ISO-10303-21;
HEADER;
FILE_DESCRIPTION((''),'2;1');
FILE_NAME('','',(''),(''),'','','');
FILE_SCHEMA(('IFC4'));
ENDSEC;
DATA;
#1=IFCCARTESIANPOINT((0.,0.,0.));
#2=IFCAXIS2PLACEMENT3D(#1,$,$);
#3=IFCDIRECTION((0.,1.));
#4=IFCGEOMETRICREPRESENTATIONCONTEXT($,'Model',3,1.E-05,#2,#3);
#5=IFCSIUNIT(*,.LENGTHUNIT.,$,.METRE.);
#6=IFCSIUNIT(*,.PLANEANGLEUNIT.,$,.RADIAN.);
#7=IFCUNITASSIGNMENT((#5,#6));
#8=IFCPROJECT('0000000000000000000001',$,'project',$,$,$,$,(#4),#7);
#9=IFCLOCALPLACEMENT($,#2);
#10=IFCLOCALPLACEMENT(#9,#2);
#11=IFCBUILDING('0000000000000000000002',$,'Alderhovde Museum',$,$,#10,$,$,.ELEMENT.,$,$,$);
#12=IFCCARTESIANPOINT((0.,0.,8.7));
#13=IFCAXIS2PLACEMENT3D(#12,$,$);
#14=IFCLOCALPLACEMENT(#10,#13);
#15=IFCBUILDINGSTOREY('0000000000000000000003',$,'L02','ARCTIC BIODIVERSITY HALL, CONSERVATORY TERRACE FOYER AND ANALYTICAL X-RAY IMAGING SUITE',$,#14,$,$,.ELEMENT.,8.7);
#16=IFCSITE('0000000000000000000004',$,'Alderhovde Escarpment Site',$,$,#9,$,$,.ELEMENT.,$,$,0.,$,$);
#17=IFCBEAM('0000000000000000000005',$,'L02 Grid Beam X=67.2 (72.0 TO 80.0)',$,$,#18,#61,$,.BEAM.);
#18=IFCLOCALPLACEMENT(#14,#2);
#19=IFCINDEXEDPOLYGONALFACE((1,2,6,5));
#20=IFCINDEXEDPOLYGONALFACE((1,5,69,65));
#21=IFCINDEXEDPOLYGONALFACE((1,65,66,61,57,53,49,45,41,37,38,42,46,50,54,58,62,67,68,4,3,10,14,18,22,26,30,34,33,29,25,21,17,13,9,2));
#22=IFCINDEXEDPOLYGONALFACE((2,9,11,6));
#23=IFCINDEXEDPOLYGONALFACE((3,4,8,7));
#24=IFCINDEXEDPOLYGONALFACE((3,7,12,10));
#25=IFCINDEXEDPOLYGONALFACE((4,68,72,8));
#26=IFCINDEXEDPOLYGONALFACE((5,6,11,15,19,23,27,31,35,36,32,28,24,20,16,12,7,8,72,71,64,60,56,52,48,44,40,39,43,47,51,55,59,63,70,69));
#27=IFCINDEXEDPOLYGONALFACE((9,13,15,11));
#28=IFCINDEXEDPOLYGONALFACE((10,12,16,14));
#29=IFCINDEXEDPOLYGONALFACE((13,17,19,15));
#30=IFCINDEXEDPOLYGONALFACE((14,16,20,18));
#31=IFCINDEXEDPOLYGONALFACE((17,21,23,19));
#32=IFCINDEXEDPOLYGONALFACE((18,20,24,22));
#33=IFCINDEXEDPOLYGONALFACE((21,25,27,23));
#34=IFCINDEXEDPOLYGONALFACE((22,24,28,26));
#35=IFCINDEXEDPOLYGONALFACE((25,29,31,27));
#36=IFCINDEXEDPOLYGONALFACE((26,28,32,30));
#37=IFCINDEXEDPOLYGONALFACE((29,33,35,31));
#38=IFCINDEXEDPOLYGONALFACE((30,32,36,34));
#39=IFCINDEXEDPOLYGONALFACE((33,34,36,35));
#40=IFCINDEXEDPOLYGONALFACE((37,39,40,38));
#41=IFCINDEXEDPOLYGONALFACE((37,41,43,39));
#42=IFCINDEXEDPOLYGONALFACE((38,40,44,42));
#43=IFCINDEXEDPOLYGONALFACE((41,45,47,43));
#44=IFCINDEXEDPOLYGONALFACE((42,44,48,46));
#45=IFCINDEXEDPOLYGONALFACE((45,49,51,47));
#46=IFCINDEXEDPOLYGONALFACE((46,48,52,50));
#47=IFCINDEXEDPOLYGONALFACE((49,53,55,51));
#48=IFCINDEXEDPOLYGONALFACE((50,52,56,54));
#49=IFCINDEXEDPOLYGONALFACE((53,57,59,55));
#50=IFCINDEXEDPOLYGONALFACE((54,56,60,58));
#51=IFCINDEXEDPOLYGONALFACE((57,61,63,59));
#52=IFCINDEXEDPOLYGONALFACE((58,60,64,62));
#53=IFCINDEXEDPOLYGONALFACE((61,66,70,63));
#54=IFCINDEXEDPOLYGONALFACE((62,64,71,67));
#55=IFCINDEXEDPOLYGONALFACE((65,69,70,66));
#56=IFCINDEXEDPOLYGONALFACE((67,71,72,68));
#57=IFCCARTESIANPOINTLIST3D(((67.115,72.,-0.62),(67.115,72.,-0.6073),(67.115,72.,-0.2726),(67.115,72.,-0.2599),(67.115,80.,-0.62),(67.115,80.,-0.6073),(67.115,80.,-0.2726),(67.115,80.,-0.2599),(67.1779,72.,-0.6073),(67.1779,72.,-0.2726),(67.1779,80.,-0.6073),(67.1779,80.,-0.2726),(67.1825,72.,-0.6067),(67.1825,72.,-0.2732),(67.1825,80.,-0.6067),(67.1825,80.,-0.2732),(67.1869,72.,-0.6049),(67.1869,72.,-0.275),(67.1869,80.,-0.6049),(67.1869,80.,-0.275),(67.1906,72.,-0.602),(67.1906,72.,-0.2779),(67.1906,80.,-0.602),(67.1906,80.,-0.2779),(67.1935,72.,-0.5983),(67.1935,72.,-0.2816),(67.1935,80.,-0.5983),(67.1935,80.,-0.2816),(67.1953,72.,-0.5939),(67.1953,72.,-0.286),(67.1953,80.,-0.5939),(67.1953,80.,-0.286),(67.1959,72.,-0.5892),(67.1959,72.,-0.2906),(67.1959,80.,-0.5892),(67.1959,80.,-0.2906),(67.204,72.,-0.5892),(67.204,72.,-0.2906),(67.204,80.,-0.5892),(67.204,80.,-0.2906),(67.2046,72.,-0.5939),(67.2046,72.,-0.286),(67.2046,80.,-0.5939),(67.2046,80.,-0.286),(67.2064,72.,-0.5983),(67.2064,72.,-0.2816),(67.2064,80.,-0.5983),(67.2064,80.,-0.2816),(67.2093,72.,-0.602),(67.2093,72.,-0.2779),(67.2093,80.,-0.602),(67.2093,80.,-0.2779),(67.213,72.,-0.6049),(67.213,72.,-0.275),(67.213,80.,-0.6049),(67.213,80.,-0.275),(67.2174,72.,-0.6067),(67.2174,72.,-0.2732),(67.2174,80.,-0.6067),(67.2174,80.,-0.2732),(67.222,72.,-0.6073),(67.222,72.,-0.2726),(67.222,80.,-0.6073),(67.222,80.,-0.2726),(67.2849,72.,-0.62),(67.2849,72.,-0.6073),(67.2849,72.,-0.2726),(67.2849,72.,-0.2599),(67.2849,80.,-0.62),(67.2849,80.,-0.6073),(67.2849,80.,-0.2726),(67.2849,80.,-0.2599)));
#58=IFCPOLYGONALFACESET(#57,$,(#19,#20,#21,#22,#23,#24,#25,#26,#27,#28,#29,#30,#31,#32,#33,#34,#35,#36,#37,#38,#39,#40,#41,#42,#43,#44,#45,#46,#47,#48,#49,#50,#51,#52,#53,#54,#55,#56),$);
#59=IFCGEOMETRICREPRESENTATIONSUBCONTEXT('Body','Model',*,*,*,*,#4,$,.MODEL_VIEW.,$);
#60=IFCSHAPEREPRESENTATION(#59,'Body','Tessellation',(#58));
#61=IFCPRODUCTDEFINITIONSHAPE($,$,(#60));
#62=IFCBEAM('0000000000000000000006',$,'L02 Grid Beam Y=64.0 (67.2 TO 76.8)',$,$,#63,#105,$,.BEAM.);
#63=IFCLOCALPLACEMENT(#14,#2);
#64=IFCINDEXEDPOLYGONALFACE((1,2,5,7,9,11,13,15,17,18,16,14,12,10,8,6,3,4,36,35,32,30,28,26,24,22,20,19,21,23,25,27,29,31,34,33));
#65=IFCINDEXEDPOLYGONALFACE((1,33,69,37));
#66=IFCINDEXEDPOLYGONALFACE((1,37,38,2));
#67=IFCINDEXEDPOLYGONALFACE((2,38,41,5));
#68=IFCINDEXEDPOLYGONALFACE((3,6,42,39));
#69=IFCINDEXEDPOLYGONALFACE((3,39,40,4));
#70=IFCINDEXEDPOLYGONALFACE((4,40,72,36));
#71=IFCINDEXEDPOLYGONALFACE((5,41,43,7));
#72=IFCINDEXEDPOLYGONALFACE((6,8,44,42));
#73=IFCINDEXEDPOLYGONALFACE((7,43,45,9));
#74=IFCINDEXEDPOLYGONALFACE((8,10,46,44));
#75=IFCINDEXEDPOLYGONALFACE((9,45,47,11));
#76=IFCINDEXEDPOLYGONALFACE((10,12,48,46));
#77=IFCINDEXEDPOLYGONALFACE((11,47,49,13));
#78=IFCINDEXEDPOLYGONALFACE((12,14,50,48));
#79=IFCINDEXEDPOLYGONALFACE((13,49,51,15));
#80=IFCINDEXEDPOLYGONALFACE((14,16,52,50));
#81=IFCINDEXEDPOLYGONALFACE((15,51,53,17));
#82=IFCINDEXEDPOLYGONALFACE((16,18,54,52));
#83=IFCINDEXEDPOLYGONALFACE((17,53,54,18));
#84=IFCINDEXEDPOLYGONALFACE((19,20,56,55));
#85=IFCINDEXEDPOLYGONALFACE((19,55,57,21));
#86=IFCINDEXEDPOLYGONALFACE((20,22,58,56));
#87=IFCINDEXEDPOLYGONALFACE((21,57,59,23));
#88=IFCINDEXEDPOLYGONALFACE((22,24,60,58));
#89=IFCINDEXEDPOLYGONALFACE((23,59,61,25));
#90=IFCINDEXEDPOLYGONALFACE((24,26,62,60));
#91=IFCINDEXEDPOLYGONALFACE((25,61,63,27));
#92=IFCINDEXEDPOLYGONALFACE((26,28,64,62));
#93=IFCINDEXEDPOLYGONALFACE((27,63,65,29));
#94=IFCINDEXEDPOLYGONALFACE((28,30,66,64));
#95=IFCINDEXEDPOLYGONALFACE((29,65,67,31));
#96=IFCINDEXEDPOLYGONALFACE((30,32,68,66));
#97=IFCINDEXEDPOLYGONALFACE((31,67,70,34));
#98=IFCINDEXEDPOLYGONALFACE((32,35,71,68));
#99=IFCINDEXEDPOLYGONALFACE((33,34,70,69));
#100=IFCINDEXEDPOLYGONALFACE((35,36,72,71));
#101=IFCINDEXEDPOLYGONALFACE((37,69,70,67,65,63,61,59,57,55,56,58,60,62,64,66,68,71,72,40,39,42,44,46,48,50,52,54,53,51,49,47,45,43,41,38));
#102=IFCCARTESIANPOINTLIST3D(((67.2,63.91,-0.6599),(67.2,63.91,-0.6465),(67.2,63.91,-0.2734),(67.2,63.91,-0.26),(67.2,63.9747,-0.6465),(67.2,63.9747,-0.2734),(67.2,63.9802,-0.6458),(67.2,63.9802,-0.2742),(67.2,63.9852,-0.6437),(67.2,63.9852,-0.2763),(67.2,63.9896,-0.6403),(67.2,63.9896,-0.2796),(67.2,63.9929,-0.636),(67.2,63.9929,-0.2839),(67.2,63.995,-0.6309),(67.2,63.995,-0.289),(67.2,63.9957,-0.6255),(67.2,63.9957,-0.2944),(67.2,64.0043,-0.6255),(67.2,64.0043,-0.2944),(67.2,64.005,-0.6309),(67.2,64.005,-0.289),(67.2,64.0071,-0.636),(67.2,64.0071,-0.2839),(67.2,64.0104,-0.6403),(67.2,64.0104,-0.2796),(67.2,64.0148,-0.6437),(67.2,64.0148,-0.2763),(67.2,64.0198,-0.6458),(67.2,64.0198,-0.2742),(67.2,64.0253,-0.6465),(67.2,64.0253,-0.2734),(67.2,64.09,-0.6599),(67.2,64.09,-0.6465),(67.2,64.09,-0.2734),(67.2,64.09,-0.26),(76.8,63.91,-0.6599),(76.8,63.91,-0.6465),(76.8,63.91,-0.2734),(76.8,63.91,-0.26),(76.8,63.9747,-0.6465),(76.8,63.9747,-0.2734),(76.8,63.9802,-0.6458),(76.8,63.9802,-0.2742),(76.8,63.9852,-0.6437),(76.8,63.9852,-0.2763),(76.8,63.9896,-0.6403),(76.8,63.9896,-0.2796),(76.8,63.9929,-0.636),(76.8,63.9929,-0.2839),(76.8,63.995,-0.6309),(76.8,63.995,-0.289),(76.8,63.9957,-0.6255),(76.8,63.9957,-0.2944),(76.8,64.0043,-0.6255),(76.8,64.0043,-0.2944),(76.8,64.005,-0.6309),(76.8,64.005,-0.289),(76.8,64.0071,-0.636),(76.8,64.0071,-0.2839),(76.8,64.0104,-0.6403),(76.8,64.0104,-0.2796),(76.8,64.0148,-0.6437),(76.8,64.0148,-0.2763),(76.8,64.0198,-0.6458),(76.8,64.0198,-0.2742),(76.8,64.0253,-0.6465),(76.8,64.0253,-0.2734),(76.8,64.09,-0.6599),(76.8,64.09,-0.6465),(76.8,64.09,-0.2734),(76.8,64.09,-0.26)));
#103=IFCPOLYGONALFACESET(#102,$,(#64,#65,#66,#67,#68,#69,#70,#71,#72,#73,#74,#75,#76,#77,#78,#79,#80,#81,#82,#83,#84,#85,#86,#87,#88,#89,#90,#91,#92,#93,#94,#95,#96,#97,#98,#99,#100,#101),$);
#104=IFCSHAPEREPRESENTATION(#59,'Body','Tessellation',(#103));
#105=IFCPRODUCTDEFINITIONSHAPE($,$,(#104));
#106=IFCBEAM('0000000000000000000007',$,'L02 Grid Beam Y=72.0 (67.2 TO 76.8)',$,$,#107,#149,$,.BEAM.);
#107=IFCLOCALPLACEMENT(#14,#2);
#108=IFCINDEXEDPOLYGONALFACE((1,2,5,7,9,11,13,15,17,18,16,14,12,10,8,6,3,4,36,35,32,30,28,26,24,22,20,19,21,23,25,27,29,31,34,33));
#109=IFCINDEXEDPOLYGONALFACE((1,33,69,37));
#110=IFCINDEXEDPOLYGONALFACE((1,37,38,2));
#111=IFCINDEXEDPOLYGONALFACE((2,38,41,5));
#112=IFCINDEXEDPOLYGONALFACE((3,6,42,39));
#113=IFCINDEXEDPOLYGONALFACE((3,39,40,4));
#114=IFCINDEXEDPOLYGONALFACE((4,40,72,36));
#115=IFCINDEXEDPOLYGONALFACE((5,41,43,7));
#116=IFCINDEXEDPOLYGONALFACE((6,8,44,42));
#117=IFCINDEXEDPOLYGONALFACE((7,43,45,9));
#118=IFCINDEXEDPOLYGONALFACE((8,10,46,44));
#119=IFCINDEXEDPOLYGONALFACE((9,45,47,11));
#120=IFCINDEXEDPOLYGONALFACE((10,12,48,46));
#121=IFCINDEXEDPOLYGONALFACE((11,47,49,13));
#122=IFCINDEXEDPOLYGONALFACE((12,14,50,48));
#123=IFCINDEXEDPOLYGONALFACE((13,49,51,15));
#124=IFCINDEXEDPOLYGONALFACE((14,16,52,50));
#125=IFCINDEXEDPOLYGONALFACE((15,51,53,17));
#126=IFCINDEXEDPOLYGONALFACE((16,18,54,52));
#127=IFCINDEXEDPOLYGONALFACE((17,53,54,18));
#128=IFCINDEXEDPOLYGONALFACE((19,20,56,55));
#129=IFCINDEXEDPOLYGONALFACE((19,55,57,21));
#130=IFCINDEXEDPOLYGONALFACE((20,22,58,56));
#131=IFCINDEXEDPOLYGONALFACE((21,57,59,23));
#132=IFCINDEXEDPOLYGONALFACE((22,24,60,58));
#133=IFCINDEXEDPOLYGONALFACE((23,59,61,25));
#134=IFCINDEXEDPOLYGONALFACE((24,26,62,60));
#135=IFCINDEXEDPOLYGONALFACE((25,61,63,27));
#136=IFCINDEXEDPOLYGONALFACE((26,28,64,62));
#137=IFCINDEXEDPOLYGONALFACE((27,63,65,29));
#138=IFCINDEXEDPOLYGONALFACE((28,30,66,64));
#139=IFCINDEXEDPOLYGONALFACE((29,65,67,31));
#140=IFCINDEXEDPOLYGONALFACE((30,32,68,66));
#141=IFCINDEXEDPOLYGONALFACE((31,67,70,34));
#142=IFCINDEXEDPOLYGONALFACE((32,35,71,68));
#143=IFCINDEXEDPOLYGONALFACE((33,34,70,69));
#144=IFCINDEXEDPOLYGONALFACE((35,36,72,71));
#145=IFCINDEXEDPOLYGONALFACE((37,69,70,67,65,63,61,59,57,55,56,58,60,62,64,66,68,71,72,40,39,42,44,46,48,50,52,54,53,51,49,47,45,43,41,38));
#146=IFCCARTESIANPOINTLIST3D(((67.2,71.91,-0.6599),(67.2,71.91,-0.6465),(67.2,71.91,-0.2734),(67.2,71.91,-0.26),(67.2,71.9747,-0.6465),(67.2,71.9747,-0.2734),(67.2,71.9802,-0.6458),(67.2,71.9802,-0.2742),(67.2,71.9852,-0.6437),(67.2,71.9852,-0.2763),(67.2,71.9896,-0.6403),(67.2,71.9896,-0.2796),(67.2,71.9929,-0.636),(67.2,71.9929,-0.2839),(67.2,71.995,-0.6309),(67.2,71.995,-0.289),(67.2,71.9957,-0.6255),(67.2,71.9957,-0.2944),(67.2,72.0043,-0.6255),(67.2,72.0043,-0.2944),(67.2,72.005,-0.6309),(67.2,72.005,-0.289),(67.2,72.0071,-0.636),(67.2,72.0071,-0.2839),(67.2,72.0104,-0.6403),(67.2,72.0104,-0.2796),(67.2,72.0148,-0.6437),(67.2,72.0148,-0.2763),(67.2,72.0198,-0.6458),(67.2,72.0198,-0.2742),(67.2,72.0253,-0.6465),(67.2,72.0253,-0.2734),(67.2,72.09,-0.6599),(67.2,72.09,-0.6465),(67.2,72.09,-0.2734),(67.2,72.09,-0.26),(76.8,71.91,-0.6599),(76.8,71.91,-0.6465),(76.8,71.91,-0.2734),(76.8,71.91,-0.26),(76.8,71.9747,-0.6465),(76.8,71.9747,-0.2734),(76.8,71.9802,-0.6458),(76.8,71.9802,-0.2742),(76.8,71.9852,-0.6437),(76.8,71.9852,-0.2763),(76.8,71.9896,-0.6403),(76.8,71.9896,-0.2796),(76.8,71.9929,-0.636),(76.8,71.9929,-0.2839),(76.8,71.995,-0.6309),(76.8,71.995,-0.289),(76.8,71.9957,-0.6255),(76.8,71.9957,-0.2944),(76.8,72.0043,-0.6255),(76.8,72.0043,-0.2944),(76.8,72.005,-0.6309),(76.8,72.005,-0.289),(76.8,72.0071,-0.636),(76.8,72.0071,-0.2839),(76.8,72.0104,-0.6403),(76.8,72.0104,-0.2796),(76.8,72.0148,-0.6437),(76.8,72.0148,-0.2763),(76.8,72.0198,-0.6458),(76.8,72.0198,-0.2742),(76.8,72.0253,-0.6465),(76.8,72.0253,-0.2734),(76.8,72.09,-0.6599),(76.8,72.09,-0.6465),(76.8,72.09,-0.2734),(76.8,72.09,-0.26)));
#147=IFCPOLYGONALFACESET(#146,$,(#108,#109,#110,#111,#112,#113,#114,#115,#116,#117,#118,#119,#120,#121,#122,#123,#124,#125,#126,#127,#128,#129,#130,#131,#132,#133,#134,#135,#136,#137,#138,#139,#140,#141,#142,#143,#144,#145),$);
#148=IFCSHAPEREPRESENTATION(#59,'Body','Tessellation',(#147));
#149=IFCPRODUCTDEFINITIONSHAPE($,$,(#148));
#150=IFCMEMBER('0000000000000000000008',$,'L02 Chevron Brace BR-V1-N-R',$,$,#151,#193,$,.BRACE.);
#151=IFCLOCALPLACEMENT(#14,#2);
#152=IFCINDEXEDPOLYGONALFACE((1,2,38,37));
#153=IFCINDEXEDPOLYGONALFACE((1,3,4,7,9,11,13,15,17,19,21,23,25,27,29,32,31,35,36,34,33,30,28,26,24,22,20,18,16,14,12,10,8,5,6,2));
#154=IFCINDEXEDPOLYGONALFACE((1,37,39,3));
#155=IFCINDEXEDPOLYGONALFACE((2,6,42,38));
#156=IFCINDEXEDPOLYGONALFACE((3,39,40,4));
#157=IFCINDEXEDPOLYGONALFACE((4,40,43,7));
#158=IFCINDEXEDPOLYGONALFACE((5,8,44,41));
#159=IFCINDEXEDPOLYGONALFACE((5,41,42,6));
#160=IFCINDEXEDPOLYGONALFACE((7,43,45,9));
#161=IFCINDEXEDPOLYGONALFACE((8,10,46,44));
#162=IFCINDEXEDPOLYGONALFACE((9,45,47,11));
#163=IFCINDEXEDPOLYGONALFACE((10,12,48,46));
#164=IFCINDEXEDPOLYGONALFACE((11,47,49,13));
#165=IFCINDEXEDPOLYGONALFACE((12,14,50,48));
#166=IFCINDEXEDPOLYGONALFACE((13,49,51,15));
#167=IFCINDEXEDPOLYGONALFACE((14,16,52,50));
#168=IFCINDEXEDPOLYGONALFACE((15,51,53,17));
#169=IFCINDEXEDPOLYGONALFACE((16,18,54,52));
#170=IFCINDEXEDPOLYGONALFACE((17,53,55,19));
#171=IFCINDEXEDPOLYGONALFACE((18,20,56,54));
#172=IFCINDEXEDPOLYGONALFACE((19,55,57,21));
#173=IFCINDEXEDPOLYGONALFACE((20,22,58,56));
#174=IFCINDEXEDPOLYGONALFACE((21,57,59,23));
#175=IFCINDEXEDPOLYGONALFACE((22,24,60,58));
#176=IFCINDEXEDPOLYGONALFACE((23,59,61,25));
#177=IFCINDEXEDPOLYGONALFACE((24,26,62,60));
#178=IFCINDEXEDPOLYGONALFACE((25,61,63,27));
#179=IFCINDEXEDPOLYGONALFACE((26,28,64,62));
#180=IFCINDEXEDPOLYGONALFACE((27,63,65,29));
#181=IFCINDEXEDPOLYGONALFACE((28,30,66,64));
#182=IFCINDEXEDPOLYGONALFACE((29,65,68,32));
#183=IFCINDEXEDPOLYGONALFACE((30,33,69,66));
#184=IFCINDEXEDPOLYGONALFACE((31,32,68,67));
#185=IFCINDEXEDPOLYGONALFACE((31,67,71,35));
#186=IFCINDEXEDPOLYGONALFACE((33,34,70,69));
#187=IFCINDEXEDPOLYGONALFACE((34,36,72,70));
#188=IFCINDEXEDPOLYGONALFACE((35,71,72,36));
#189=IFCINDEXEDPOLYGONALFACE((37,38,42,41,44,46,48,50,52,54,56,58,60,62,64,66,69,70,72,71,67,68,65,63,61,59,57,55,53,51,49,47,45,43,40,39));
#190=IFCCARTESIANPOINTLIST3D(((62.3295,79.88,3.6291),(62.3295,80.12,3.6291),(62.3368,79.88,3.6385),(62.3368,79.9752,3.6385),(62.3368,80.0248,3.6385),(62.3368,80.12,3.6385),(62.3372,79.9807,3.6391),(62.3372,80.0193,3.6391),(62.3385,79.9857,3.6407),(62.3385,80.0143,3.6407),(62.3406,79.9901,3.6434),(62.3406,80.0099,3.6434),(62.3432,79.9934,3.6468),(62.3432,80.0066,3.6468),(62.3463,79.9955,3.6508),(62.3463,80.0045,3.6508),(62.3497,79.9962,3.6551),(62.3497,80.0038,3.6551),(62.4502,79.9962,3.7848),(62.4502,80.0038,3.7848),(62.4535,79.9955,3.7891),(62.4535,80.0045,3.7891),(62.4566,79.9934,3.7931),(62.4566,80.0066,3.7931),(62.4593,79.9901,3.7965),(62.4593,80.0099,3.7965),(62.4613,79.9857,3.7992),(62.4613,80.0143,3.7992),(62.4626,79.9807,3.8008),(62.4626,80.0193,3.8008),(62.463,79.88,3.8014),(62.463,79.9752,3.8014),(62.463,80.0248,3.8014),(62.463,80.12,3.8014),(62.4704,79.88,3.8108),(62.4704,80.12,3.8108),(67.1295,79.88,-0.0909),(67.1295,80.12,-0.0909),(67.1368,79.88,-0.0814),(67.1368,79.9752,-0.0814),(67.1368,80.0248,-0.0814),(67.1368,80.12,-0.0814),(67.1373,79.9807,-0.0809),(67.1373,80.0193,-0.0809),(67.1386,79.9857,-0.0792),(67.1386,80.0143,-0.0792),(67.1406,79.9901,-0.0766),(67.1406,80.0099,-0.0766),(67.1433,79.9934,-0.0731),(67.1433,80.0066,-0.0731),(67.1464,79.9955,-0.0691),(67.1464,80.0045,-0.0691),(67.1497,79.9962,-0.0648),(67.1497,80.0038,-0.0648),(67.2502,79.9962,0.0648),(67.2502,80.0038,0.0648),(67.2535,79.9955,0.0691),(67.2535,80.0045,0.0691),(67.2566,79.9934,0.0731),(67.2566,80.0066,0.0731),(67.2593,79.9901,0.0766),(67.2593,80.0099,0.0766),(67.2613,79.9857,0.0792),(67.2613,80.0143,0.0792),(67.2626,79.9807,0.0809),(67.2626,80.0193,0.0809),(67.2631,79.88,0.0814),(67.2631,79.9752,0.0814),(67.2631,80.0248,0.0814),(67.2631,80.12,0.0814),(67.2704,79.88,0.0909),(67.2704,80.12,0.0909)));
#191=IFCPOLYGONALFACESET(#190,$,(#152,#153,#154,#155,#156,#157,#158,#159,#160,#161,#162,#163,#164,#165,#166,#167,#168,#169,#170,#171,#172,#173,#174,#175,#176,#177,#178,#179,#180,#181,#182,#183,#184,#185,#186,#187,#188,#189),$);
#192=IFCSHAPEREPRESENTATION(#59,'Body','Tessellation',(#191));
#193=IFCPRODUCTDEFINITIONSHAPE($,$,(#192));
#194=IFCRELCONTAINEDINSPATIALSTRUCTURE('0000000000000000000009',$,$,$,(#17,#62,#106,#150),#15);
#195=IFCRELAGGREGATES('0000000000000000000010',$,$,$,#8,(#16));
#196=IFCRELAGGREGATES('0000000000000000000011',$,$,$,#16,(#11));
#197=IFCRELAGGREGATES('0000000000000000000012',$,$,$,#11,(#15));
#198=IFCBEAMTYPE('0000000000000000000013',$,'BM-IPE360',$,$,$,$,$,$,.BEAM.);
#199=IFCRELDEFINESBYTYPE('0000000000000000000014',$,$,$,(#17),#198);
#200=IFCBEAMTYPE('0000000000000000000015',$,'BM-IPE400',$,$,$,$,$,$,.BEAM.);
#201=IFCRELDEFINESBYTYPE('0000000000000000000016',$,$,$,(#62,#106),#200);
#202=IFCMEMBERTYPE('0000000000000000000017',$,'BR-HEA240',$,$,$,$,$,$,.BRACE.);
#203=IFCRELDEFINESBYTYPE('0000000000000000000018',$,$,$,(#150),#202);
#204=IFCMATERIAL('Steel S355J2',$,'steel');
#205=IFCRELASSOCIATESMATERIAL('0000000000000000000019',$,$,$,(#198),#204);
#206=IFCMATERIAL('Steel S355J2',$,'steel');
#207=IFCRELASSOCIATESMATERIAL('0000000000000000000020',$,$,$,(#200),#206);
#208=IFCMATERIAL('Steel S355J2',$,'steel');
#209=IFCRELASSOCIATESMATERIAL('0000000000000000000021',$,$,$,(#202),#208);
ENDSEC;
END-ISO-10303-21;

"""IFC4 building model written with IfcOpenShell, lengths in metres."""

from ifc_helpers import new_model, si_unit, direction, frame, origin, origin_2d, place, context, subcontext, project, spatial, i_section, extrude, material, material_profile, profile_set, type_object, element, save


model = new_model("IFC4")

# Units and contexts
model_context = context("Model", 3, precision=1e-05, world=origin(), true_north=direction((0.0, 1.0)))
body_context = subcontext(model_context, "Body", "Model", "MODEL_VIEW")
ifc_project = project(units=[si_unit("LENGTHUNIT", "METRE"), si_unit("PLANEANGLEUNIT", "RADIAN")], contexts=[model_context])

# Site, building, storey
site_placement = place(None, origin())
site = spatial("IfcSite", under=ifc_project, at=site_placement, Name="Alderhovde Escarpment Site", CompositionType="ELEMENT", RefElevation=0.0)
building_placement = place(site_placement, origin())
building = spatial("IfcBuilding", under=site, at=building_placement, Name="Alderhovde Museum", CompositionType="ELEMENT")
storey_placement = place(building_placement, frame((0.0, 0.0, 8.7)))
storey = spatial("IfcBuildingStorey", under=building, at=storey_placement, Name="L02", Description="ARCTIC BIODIVERSITY HALL, CONSERVATORY TERRACE FOYER AND ANALYTICAL X-RAY IMAGING SUITE", CompositionType="ELEMENT", Elevation=8.7)

# Beams
ifc_material_1 = material(Name="Steel S355J2", Category="steel")
ifc_material_profile_1 = material_profile(ifc_material_1, i_section(OverallWidth=0.1699, OverallDepth=0.3601, WebThickness=0.0081, FlangeThickness=0.0127, FilletRadius=0.0181, at=origin_2d()), Name="IPE 360")
ifc_profile_set_1 = profile_set([ifc_material_profile_1], Name="Steel S355J2")
beam_type_1 = type_object("IfcBeamType", Name="BM-IPE360", PredefinedType="BEAM", material=ifc_profile_set_1)
for number, where, z_axis, x_axis, name in (
    (1, (67.2, 72.0, -0.4399), (0.0, 1.0, 0.0), (-1.0, 0.0, 0.0), "L02 Grid Beam X=67.2 (72.0 TO 80.0)"),
):
    element("IfcBeam", number, at=place(storey_placement, frame(where, z_axis=z_axis, x_axis=x_axis)), inside=storey, type_object=beam_type_1, Name=name, PredefinedType="BEAM", context=body_context, shape_type="SweptSolid", body=[
        extrude(i_section(OverallWidth=0.1699, OverallDepth=0.3601, WebThickness=0.0081, FlangeThickness=0.0127, FilletRadius=0.0181, at=origin_2d()), origin(), (0.0, 0.0, 1.0), 8.0),
    ])
ifc_material_2 = material(Name="Steel S355J2", Category="steel")
ifc_material_profile_2 = material_profile(ifc_material_2, i_section(OverallWidth=0.1799, OverallDepth=0.3999, WebThickness=0.0085, FlangeThickness=0.0134, FilletRadius=0.021, at=origin_2d()), Name="IPE 400")
ifc_profile_set_2 = profile_set([ifc_material_profile_2], Name="Steel S355J2")
beam_type_2 = type_object("IfcBeamType", Name="BM-IPE400", PredefinedType="BEAM", material=ifc_profile_set_2)
for number, where, z_axis, x_axis, name in (
    (2, (67.2, 64.0, -0.46), (1.0, 0.0, 0.0), (0.0, 1.0, 0.0), "L02 Grid Beam Y=64.0 (67.2 TO 76.8)"),
    (3, (67.2, 72.0, -0.46), (1.0, 0.0, 0.0), (0.0, 1.0, 0.0), "L02 Grid Beam Y=72.0 (67.2 TO 76.8)"),
):
    element("IfcBeam", number, at=place(storey_placement, frame(where, z_axis=z_axis, x_axis=x_axis)), inside=storey, type_object=beam_type_2, Name=name, PredefinedType="BEAM", context=body_context, shape_type="SweptSolid", body=[
        extrude(i_section(OverallWidth=0.1799, OverallDepth=0.3999, WebThickness=0.0085, FlangeThickness=0.0134, FilletRadius=0.021, at=origin_2d()), origin(), (0.0, 0.0, 1.0), 9.6001),
    ])

# Member
ifc_material_3 = material(Name="Steel S355J2", Category="steel")
ifc_material_profile_3 = material_profile(ifc_material_3, i_section(OverallWidth=0.24, OverallDepth=0.23, WebThickness=0.0076, FlangeThickness=0.012, FilletRadius=0.021, at=origin_2d()), Name="HEA 240")
ifc_profile_set_3 = profile_set([ifc_material_profile_3], Name="Steel S355J2")
member_type = type_object("IfcMemberType", Name="BR-HEA240", PredefinedType="BRACE", material=ifc_profile_set_3)
member_placement = place(storey_placement, frame((67.2, 80.0, 0.0), z_axis=(-0.79042, 0.0, 0.612565), x_axis=(0.0, -1.0, 0.0)))
element("IfcMember", 4, at=member_placement, inside=storey, type_object=member_type, Name="L02 Chevron Brace BR-V1-N-R", PredefinedType="BRACE", context=body_context, shape_type="SweptSolid", body=[
    extrude(i_section(OverallWidth=0.24, OverallDepth=0.23, WebThickness=0.0076, FlangeThickness=0.012, FilletRadius=0.021, at=origin_2d()), origin(), (0.0, 0.0, 1.0), 6.0728),
])

save(model, "model.ifc")
